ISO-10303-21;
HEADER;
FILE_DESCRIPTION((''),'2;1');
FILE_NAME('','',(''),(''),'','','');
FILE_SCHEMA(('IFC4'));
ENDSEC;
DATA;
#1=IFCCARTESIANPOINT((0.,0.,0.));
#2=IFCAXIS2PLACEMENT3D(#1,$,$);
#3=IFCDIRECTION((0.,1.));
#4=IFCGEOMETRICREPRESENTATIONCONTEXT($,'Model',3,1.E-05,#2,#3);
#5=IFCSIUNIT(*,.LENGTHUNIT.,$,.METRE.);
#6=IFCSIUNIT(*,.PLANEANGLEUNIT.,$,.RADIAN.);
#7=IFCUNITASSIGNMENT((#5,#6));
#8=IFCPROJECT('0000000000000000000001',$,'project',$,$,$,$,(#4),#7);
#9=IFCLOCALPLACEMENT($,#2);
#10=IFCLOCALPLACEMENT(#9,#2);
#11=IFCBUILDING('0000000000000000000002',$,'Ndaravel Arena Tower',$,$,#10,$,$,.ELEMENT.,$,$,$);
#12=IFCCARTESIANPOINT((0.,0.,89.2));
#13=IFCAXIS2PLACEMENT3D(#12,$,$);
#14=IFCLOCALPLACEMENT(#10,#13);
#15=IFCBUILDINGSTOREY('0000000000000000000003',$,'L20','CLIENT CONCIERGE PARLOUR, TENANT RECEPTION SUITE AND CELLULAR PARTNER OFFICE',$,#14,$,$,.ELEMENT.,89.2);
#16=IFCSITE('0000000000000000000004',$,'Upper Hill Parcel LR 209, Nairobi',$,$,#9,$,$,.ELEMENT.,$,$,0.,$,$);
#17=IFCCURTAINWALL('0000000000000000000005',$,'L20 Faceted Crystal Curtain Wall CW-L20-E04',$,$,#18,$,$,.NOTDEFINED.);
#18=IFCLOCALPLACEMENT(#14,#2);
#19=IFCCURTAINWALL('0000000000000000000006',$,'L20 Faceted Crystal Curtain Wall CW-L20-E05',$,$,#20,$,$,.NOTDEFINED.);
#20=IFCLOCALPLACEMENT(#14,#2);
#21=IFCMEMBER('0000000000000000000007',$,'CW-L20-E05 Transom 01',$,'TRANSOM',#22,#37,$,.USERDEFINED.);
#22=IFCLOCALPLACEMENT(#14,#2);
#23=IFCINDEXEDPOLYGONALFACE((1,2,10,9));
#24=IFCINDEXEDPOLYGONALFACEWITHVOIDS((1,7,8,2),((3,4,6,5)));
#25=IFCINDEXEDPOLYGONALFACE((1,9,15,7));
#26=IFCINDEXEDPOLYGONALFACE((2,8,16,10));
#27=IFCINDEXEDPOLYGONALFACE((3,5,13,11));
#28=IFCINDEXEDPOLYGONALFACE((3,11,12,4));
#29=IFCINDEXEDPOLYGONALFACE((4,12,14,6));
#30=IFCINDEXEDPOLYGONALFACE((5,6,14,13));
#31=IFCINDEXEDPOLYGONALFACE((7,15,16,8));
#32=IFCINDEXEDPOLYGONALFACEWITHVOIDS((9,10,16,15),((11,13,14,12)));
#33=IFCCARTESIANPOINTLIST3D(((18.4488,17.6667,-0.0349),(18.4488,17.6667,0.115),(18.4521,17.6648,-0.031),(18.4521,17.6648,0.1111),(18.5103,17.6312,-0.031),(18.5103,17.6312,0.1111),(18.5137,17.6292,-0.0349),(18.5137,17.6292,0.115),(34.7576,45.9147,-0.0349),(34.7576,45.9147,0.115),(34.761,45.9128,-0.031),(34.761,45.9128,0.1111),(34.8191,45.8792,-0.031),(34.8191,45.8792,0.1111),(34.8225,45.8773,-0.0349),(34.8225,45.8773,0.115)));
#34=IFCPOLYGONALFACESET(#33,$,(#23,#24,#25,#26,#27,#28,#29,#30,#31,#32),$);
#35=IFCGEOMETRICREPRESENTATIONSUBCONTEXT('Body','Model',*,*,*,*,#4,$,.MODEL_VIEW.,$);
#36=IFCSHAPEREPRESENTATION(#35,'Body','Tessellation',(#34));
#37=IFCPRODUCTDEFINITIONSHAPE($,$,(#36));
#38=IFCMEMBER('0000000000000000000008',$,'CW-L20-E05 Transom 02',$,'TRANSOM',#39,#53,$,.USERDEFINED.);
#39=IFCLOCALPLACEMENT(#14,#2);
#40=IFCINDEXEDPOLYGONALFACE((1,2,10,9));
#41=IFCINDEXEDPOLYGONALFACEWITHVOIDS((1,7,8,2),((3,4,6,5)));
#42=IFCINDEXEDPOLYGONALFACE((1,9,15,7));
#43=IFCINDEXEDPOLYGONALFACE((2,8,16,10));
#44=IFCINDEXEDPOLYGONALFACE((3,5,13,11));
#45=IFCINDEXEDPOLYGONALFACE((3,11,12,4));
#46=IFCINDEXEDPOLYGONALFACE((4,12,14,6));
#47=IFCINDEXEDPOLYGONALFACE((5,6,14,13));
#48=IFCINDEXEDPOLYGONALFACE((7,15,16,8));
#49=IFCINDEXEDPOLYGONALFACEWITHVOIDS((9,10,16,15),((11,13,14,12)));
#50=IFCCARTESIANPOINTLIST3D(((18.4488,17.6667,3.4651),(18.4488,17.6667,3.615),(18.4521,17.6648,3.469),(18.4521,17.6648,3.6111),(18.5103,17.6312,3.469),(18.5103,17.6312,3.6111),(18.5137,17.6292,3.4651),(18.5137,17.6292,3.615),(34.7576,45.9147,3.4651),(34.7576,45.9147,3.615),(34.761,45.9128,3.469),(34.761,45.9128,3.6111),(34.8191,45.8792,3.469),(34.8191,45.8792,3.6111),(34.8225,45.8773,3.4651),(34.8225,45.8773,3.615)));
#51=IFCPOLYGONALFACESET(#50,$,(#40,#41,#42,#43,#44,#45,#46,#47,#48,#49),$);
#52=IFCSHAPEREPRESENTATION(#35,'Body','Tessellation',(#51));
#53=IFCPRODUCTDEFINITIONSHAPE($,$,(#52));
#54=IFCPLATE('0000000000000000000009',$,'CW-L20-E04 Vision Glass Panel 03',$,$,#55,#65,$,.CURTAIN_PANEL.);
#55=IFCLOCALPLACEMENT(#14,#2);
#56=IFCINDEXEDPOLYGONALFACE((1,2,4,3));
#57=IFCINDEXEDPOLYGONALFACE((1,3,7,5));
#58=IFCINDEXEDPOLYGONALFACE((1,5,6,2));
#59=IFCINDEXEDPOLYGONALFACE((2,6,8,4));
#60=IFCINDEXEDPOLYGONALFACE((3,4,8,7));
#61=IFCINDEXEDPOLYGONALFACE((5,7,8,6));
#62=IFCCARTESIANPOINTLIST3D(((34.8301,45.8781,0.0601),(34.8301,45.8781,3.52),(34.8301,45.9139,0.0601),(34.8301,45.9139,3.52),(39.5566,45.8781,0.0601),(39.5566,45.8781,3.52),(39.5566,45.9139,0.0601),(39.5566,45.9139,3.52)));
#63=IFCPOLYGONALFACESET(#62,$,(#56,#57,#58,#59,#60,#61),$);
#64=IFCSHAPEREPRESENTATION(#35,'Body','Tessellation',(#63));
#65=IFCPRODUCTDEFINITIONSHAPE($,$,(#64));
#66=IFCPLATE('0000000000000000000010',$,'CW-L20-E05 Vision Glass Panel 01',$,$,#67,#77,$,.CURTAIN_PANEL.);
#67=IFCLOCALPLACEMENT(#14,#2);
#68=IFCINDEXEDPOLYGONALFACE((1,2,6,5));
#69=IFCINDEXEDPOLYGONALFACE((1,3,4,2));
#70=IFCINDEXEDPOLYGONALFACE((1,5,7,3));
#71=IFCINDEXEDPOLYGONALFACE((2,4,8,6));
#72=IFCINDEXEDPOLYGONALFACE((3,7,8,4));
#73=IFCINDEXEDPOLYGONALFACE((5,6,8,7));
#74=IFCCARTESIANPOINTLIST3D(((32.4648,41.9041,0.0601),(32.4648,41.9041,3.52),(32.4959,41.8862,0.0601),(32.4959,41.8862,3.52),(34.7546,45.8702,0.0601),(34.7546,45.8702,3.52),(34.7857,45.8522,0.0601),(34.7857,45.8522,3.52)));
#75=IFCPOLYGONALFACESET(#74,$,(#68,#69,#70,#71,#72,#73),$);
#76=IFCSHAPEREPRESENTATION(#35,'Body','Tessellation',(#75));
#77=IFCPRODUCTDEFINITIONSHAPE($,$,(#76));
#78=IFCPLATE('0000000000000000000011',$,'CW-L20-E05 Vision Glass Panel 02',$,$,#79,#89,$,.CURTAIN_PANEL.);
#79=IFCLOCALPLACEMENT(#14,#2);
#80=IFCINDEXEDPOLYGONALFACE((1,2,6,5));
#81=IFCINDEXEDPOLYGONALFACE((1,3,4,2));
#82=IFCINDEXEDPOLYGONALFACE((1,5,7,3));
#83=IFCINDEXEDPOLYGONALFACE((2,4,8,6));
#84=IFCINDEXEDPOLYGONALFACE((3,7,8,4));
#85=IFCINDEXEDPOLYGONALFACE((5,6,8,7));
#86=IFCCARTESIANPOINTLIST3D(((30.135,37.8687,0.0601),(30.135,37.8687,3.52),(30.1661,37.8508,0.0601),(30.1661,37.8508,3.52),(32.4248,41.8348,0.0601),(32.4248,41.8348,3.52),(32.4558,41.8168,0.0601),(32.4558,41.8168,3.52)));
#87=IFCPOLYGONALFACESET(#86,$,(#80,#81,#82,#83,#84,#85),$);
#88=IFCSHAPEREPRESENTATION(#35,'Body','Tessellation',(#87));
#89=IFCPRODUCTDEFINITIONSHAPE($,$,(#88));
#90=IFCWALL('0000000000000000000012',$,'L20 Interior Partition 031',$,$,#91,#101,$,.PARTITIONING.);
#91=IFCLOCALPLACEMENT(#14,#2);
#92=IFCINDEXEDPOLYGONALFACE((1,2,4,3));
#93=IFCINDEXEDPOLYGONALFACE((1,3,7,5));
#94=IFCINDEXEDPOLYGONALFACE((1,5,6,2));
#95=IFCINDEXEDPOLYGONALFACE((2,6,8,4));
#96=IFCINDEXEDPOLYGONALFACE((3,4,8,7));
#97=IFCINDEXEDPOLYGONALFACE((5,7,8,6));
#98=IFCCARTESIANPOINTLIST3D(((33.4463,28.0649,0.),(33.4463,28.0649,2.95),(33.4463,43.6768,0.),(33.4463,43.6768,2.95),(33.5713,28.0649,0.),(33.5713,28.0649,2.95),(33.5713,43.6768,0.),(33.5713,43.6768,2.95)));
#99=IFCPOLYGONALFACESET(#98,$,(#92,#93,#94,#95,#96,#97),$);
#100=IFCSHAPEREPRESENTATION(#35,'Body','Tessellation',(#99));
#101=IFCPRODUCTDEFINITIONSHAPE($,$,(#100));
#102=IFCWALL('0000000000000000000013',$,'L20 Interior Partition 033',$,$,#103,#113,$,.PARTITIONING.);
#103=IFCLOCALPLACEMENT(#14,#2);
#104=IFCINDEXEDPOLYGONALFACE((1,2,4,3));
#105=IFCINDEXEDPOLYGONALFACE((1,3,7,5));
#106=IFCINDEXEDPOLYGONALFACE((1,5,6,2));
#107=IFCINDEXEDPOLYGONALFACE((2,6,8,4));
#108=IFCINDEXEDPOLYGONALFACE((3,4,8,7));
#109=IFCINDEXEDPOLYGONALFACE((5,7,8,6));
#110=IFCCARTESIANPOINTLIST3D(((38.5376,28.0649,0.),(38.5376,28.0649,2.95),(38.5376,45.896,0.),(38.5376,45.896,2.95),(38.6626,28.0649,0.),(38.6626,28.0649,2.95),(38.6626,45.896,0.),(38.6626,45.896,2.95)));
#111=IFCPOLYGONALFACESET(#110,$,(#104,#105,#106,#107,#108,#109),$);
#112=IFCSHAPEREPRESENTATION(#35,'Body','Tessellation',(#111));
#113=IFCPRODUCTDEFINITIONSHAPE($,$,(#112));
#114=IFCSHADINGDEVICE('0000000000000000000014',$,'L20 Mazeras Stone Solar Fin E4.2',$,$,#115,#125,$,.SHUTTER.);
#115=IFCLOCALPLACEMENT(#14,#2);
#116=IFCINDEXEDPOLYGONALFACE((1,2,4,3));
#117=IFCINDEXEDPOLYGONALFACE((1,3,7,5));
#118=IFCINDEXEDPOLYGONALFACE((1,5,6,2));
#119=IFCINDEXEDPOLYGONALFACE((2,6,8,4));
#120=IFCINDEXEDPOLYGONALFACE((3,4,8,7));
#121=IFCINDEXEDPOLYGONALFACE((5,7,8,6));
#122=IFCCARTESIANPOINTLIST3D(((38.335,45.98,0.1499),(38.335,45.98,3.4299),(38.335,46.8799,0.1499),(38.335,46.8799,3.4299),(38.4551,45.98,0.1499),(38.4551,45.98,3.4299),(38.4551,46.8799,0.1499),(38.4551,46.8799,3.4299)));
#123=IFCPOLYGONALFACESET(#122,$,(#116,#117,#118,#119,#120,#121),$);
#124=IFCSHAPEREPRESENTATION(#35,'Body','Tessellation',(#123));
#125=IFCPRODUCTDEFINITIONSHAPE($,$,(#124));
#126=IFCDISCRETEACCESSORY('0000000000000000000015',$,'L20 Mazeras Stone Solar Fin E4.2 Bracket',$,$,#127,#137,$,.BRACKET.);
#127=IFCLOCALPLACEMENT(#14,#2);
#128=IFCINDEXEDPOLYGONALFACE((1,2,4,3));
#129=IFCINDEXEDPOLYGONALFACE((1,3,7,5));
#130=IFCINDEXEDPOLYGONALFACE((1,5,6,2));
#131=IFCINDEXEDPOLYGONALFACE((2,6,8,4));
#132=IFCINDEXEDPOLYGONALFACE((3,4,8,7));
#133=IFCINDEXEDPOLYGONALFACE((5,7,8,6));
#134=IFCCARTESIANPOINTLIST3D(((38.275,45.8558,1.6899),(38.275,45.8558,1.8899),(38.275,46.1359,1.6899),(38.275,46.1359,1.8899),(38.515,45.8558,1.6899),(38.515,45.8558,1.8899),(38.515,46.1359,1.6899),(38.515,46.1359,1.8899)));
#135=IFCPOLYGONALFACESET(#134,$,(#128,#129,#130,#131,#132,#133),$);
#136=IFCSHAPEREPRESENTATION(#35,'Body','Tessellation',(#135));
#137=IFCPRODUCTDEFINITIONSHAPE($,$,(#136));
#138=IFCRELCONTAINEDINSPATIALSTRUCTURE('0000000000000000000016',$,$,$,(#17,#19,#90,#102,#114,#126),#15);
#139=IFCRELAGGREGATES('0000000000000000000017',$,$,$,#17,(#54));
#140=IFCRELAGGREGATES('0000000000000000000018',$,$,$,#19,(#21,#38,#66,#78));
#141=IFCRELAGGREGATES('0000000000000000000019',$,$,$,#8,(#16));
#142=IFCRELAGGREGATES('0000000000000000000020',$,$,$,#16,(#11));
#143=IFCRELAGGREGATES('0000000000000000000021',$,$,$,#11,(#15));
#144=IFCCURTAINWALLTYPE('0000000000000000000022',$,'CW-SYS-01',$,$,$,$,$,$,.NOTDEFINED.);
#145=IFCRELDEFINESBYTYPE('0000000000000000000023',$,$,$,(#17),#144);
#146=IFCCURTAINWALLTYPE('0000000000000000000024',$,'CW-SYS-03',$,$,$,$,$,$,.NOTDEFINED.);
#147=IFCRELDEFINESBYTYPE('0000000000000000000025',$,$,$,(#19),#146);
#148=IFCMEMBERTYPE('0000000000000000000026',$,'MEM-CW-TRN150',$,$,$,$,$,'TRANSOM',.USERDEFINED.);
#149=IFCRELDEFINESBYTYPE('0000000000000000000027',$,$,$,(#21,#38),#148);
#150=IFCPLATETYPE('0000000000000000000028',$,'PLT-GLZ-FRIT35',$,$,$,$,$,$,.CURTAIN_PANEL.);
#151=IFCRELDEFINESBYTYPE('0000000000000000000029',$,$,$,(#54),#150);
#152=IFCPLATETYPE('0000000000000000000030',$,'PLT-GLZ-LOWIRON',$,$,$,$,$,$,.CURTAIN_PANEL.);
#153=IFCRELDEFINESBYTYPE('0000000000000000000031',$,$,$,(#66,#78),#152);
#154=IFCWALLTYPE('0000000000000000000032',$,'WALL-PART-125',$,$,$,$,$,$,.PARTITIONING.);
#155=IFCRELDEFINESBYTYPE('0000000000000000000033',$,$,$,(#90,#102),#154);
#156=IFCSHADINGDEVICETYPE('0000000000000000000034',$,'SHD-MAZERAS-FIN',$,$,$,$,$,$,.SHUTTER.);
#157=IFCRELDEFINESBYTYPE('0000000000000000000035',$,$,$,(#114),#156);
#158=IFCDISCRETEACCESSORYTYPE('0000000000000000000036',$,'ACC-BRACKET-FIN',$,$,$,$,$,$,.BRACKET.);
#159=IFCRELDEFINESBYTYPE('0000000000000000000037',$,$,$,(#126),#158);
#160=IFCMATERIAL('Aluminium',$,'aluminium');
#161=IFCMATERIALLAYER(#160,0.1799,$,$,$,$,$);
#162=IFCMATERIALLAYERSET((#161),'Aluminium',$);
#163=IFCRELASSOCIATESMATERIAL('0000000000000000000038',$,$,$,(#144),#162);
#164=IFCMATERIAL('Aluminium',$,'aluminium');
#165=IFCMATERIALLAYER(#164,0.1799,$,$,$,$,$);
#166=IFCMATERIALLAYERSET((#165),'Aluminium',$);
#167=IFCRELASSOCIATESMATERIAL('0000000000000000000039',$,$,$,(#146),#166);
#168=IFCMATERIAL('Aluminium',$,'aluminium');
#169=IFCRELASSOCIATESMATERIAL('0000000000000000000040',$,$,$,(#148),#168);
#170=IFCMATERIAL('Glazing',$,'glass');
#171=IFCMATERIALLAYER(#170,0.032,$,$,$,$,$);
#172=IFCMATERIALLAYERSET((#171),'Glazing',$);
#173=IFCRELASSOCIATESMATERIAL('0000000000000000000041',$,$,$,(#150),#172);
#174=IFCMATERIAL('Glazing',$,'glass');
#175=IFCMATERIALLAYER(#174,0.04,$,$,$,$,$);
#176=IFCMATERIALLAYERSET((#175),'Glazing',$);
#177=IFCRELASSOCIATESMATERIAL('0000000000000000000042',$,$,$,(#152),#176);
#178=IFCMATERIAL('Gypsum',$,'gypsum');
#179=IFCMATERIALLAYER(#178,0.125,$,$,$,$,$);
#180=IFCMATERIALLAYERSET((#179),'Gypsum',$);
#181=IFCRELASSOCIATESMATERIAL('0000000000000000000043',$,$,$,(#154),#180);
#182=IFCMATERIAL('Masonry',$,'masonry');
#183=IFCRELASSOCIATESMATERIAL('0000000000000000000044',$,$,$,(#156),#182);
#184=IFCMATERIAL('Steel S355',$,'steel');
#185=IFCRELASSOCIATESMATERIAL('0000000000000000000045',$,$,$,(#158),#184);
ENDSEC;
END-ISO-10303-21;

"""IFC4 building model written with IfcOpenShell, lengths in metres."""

from ifc_helpers import new_model, si_unit, direction, frame, frame_2d, origin, origin_2d, place, context, subcontext, project, spatial, rectangle, hollow_rectangle, extrude, material, layer, layer_set, material_profile, profile_set, type_object, element, aggregate, save


model = new_model("IFC4")

# Units and contexts
model_context = context("Model", 3, precision=1e-05, world=origin(), true_north=direction((0.0, 1.0)))
body_context = subcontext(model_context, "Body", "Model", "MODEL_VIEW")
ifc_project = project(units=[si_unit("LENGTHUNIT", "METRE"), si_unit("PLANEANGLEUNIT", "RADIAN")], contexts=[model_context])

# Site, building, storey
site_placement = place(None, origin())
site = spatial("IfcSite", under=ifc_project, at=site_placement, Name="Upper Hill Parcel LR 209, Nairobi", CompositionType="ELEMENT", RefElevation=0.0)
building_placement = place(site_placement, origin())
building = spatial("IfcBuilding", under=site, at=building_placement, Name="Ndaravel Arena Tower", CompositionType="ELEMENT")
storey_placement = place(building_placement, frame((0.0, 0.0, 89.2)))
storey = spatial("IfcBuildingStorey", under=building, at=storey_placement, Name="L20", Description="CLIENT CONCIERGE PARLOUR, TENANT RECEPTION SUITE AND CELLULAR PARTNER OFFICE", CompositionType="ELEMENT", Elevation=89.2)

# Curtain wall
ifc_material_1 = material(Name="Aluminium", Category="aluminium")
ifc_layer_1 = layer(ifc_material_1, 0.1799)
ifc_layer_set_1 = layer_set([ifc_layer_1], Name="Aluminium")
curtain_wall_type_1 = type_object("IfcCurtainWallType", Name="CW-SYS-01", PredefinedType="NOTDEFINED", material=ifc_layer_set_1)
curtain_wall_1_placement = place(storey_placement, origin())
curtain_wall_1 = element("IfcCurtainWall", 1, at=curtain_wall_1_placement, inside=storey, type_object=curtain_wall_type_1, Name="L20 Faceted Crystal Curtain Wall CW-L20-E04", PredefinedType="NOTDEFINED")

# Curtain wall, members
ifc_material_2 = material(Name="Aluminium", Category="aluminium")
ifc_layer_2 = layer(ifc_material_2, 0.1799)
ifc_layer_set_2 = layer_set([ifc_layer_2], Name="Aluminium")
curtain_wall_type_2 = type_object("IfcCurtainWallType", Name="CW-SYS-03", PredefinedType="NOTDEFINED", material=ifc_layer_set_2)
curtain_wall_2_placement = place(storey_placement, origin())
curtain_wall_2 = element("IfcCurtainWall", 2, at=curtain_wall_2_placement, inside=storey, type_object=curtain_wall_type_2, Name="L20 Faceted Crystal Curtain Wall CW-L20-E05", PredefinedType="NOTDEFINED")
ifc_material_3 = material(Name="Aluminium", Category="aluminium")
ifc_material_profile_1 = material_profile(ifc_material_3, hollow_rectangle(XDim=0.075, YDim=0.1499, WallThickness=0.0039, at=origin_2d()), Name="CW TRANSOM 75x150x4")
ifc_profile_set_1 = profile_set([ifc_material_profile_1], Name="Aluminium")
member_type_1 = type_object("IfcMemberType", Name="MEM-CW-TRN150", ElementType="TRANSOM", PredefinedType="USERDEFINED", material=ifc_profile_set_1)
member_1_placement = place(storey_placement, frame((34.79, 45.896, 0.04), z_axis=(-0.499996, -0.866028, 0.0), x_axis=(0.866028, -0.499996, 0.0)))
member_1 = element("IfcMember", 3, at=member_1_placement, type_object=member_type_1, Name="CW-L20-E05 Transom 01", ObjectType="TRANSOM", PredefinedType="USERDEFINED", context=body_context, shape_type="SweptSolid", body=[
    extrude(hollow_rectangle(XDim=0.075, YDim=0.1499, WallThickness=0.0039, at=origin_2d()), origin(), (0.0, 0.0, 1.0), 32.6179),
])
member_2_placement = place(storey_placement, frame((34.79, 45.896, 3.54), z_axis=(-0.499996, -0.866028, 0.0), x_axis=(0.866028, -0.499996, 0.0)))
member_2 = element("IfcMember", 4, at=member_2_placement, type_object=member_type_1, Name="CW-L20-E05 Transom 02", ObjectType="TRANSOM", PredefinedType="USERDEFINED", context=body_context, shape_type="SweptSolid", body=[
    extrude(hollow_rectangle(XDim=0.075, YDim=0.1499, WallThickness=0.0039, at=origin_2d()), origin(), (0.0, 0.0, 1.0), 32.6179),
])

# Plates
ifc_material_4 = material(Name="Glazing", Category="glass")
ifc_layer_3 = layer(ifc_material_4, 0.032)
ifc_layer_set_3 = layer_set([ifc_layer_3], Name="Glazing")
plate_type_1 = type_object("IfcPlateType", Name="PLT-GLZ-FRIT35", PredefinedType="CURTAIN_PANEL", material=ifc_layer_set_3)
plate_1_placement = place(storey_placement, frame((37.1934, 45.896, 0.0601), z_axis=(0.0, 0.0, 1.0), x_axis=(-1.0, 0.0, 0.0)))
plate_1 = element("IfcPlate", 5, at=plate_1_placement, type_object=plate_type_1, Name="CW-L20-E04 Vision Glass Panel 03", PredefinedType="CURTAIN_PANEL", context=body_context, shape_type="SweptSolid", body=[
    extrude(rectangle(XDim=4.7266, YDim=0.0359, at=origin_2d()), origin(), (0.0, 0.0, 1.0), 3.46),
])
aggregate(curtain_wall_1, [plate_1])
ifc_material_5 = material(Name="Glazing", Category="glass")
ifc_layer_4 = layer(ifc_material_5, 0.04)
ifc_layer_set_4 = layer_set([ifc_layer_4], Name="Glazing")
plate_type_2 = type_object("IfcPlateType", Name="PLT-GLZ-LOWIRON", PredefinedType="CURTAIN_PANEL", material=ifc_layer_set_4)
plate_2_placement = place(storey_placement, frame((33.6252, 43.8782, 0.0601), z_axis=(0.0, 0.0, 1.0), x_axis=(-0.5, -0.866025, 0.0)))
plate_2 = element("IfcPlate", 6, at=plate_2_placement, type_object=plate_type_2, Name="CW-L20-E05 Vision Glass Panel 01", PredefinedType="CURTAIN_PANEL", context=body_context, shape_type="SweptSolid", body=[
    extrude(rectangle(XDim=4.5796, YDim=0.0359, at=origin_2d()), origin(), (0.0, 0.0, 1.0), 3.46),
])
plate_3_placement = place(storey_placement, frame((31.2954, 39.8428, 0.0601), z_axis=(0.0, 0.0, 1.0), x_axis=(-0.5, -0.866025, 0.0)))
plate_3 = element("IfcPlate", 7, at=plate_3_placement, type_object=plate_type_2, Name="CW-L20-E05 Vision Glass Panel 02", PredefinedType="CURTAIN_PANEL", context=body_context, shape_type="SweptSolid", body=[
    extrude(rectangle(XDim=4.5796, YDim=0.0359, at=origin_2d()), origin(), (0.0, 0.0, 1.0), 3.46),
])
aggregate(curtain_wall_2, [member_1, member_2, plate_2, plate_3])

# Walls
ifc_material_6 = material(Name="Gypsum", Category="gypsum")
ifc_layer_5 = layer(ifc_material_6, 0.125)
ifc_layer_set_5 = layer_set([ifc_layer_5], Name="Gypsum")
wall_type = type_object("IfcWallType", Name="WALL-PART-125", PredefinedType="PARTITIONING", material=ifc_layer_set_5)
wall_1_placement = place(storey_placement, frame((33.5088, 43.6768, 0.0), z_axis=(0.0, 0.0, 1.0), x_axis=(0.0, -1.0, 0.0)))
element("IfcWall", 8, at=wall_1_placement, inside=storey, type_object=wall_type, Name="L20 Interior Partition 031", PredefinedType="PARTITIONING", context=body_context, shape_type="SweptSolid", body=[
    extrude(rectangle(XDim=15.6118, YDim=0.125, at=frame_2d((7.8059, 0.0))), origin(), (0.0, 0.0, 1.0), 2.95),
])
wall_2_placement = place(storey_placement, frame((38.6001, 45.896, 0.0), z_axis=(0.0, 0.0, 1.0), x_axis=(0.0, -1.0, 0.0)))
element("IfcWall", 9, at=wall_2_placement, inside=storey, type_object=wall_type, Name="L20 Interior Partition 033", PredefinedType="PARTITIONING", context=body_context, shape_type="SweptSolid", body=[
    extrude(rectangle(XDim=17.8311, YDim=0.125, at=frame_2d((8.9155, 0.0))), origin(), (0.0, 0.0, 1.0), 2.95),
])

# Shading device
ifc_material_7 = material(Name="Masonry", Category="masonry")
shading_device_type = type_object("IfcShadingDeviceType", Name="SHD-MAZERAS-FIN", PredefinedType="SHUTTER", material=ifc_material_7)
shading_device_placement = place(storey_placement, frame((38.395, 46.4299, 0.1499), z_axis=(0.0, 0.0, 1.0), x_axis=(0.0, 1.0, 0.0)))
element("IfcShadingDevice", 10, at=shading_device_placement, inside=storey, type_object=shading_device_type, Name="L20 Mazeras Stone Solar Fin E4.2", PredefinedType="SHUTTER", context=body_context, shape_type="SweptSolid", body=[
    extrude(rectangle(XDim=0.8999, YDim=0.1201, at=origin_2d()), origin(), (0.0, 0.0, 1.0), 3.28),
])

# Discrete accessory
ifc_material_8 = material(Name="Steel S355", Category="steel")
discrete_accessory_type = type_object("IfcDiscreteAccessoryType", Name="ACC-BRACKET-FIN", PredefinedType="BRACKET", material=ifc_material_8)
discrete_accessory_placement = place(storey_placement, frame((38.395, 45.9958, 1.6899), z_axis=(0.0, 0.0, 1.0), x_axis=(0.0, 1.0, 0.0)))
element("IfcDiscreteAccessory", 11, at=discrete_accessory_placement, inside=storey, type_object=discrete_accessory_type, Name="L20 Mazeras Stone Solar Fin E4.2 Bracket", PredefinedType="BRACKET", context=body_context, shape_type="SweptSolid", body=[
    extrude(rectangle(XDim=0.28, YDim=0.24, at=origin_2d()), origin(), (0.0, 0.0, 1.0), 0.2),
])

save(model, "model.ifc")
